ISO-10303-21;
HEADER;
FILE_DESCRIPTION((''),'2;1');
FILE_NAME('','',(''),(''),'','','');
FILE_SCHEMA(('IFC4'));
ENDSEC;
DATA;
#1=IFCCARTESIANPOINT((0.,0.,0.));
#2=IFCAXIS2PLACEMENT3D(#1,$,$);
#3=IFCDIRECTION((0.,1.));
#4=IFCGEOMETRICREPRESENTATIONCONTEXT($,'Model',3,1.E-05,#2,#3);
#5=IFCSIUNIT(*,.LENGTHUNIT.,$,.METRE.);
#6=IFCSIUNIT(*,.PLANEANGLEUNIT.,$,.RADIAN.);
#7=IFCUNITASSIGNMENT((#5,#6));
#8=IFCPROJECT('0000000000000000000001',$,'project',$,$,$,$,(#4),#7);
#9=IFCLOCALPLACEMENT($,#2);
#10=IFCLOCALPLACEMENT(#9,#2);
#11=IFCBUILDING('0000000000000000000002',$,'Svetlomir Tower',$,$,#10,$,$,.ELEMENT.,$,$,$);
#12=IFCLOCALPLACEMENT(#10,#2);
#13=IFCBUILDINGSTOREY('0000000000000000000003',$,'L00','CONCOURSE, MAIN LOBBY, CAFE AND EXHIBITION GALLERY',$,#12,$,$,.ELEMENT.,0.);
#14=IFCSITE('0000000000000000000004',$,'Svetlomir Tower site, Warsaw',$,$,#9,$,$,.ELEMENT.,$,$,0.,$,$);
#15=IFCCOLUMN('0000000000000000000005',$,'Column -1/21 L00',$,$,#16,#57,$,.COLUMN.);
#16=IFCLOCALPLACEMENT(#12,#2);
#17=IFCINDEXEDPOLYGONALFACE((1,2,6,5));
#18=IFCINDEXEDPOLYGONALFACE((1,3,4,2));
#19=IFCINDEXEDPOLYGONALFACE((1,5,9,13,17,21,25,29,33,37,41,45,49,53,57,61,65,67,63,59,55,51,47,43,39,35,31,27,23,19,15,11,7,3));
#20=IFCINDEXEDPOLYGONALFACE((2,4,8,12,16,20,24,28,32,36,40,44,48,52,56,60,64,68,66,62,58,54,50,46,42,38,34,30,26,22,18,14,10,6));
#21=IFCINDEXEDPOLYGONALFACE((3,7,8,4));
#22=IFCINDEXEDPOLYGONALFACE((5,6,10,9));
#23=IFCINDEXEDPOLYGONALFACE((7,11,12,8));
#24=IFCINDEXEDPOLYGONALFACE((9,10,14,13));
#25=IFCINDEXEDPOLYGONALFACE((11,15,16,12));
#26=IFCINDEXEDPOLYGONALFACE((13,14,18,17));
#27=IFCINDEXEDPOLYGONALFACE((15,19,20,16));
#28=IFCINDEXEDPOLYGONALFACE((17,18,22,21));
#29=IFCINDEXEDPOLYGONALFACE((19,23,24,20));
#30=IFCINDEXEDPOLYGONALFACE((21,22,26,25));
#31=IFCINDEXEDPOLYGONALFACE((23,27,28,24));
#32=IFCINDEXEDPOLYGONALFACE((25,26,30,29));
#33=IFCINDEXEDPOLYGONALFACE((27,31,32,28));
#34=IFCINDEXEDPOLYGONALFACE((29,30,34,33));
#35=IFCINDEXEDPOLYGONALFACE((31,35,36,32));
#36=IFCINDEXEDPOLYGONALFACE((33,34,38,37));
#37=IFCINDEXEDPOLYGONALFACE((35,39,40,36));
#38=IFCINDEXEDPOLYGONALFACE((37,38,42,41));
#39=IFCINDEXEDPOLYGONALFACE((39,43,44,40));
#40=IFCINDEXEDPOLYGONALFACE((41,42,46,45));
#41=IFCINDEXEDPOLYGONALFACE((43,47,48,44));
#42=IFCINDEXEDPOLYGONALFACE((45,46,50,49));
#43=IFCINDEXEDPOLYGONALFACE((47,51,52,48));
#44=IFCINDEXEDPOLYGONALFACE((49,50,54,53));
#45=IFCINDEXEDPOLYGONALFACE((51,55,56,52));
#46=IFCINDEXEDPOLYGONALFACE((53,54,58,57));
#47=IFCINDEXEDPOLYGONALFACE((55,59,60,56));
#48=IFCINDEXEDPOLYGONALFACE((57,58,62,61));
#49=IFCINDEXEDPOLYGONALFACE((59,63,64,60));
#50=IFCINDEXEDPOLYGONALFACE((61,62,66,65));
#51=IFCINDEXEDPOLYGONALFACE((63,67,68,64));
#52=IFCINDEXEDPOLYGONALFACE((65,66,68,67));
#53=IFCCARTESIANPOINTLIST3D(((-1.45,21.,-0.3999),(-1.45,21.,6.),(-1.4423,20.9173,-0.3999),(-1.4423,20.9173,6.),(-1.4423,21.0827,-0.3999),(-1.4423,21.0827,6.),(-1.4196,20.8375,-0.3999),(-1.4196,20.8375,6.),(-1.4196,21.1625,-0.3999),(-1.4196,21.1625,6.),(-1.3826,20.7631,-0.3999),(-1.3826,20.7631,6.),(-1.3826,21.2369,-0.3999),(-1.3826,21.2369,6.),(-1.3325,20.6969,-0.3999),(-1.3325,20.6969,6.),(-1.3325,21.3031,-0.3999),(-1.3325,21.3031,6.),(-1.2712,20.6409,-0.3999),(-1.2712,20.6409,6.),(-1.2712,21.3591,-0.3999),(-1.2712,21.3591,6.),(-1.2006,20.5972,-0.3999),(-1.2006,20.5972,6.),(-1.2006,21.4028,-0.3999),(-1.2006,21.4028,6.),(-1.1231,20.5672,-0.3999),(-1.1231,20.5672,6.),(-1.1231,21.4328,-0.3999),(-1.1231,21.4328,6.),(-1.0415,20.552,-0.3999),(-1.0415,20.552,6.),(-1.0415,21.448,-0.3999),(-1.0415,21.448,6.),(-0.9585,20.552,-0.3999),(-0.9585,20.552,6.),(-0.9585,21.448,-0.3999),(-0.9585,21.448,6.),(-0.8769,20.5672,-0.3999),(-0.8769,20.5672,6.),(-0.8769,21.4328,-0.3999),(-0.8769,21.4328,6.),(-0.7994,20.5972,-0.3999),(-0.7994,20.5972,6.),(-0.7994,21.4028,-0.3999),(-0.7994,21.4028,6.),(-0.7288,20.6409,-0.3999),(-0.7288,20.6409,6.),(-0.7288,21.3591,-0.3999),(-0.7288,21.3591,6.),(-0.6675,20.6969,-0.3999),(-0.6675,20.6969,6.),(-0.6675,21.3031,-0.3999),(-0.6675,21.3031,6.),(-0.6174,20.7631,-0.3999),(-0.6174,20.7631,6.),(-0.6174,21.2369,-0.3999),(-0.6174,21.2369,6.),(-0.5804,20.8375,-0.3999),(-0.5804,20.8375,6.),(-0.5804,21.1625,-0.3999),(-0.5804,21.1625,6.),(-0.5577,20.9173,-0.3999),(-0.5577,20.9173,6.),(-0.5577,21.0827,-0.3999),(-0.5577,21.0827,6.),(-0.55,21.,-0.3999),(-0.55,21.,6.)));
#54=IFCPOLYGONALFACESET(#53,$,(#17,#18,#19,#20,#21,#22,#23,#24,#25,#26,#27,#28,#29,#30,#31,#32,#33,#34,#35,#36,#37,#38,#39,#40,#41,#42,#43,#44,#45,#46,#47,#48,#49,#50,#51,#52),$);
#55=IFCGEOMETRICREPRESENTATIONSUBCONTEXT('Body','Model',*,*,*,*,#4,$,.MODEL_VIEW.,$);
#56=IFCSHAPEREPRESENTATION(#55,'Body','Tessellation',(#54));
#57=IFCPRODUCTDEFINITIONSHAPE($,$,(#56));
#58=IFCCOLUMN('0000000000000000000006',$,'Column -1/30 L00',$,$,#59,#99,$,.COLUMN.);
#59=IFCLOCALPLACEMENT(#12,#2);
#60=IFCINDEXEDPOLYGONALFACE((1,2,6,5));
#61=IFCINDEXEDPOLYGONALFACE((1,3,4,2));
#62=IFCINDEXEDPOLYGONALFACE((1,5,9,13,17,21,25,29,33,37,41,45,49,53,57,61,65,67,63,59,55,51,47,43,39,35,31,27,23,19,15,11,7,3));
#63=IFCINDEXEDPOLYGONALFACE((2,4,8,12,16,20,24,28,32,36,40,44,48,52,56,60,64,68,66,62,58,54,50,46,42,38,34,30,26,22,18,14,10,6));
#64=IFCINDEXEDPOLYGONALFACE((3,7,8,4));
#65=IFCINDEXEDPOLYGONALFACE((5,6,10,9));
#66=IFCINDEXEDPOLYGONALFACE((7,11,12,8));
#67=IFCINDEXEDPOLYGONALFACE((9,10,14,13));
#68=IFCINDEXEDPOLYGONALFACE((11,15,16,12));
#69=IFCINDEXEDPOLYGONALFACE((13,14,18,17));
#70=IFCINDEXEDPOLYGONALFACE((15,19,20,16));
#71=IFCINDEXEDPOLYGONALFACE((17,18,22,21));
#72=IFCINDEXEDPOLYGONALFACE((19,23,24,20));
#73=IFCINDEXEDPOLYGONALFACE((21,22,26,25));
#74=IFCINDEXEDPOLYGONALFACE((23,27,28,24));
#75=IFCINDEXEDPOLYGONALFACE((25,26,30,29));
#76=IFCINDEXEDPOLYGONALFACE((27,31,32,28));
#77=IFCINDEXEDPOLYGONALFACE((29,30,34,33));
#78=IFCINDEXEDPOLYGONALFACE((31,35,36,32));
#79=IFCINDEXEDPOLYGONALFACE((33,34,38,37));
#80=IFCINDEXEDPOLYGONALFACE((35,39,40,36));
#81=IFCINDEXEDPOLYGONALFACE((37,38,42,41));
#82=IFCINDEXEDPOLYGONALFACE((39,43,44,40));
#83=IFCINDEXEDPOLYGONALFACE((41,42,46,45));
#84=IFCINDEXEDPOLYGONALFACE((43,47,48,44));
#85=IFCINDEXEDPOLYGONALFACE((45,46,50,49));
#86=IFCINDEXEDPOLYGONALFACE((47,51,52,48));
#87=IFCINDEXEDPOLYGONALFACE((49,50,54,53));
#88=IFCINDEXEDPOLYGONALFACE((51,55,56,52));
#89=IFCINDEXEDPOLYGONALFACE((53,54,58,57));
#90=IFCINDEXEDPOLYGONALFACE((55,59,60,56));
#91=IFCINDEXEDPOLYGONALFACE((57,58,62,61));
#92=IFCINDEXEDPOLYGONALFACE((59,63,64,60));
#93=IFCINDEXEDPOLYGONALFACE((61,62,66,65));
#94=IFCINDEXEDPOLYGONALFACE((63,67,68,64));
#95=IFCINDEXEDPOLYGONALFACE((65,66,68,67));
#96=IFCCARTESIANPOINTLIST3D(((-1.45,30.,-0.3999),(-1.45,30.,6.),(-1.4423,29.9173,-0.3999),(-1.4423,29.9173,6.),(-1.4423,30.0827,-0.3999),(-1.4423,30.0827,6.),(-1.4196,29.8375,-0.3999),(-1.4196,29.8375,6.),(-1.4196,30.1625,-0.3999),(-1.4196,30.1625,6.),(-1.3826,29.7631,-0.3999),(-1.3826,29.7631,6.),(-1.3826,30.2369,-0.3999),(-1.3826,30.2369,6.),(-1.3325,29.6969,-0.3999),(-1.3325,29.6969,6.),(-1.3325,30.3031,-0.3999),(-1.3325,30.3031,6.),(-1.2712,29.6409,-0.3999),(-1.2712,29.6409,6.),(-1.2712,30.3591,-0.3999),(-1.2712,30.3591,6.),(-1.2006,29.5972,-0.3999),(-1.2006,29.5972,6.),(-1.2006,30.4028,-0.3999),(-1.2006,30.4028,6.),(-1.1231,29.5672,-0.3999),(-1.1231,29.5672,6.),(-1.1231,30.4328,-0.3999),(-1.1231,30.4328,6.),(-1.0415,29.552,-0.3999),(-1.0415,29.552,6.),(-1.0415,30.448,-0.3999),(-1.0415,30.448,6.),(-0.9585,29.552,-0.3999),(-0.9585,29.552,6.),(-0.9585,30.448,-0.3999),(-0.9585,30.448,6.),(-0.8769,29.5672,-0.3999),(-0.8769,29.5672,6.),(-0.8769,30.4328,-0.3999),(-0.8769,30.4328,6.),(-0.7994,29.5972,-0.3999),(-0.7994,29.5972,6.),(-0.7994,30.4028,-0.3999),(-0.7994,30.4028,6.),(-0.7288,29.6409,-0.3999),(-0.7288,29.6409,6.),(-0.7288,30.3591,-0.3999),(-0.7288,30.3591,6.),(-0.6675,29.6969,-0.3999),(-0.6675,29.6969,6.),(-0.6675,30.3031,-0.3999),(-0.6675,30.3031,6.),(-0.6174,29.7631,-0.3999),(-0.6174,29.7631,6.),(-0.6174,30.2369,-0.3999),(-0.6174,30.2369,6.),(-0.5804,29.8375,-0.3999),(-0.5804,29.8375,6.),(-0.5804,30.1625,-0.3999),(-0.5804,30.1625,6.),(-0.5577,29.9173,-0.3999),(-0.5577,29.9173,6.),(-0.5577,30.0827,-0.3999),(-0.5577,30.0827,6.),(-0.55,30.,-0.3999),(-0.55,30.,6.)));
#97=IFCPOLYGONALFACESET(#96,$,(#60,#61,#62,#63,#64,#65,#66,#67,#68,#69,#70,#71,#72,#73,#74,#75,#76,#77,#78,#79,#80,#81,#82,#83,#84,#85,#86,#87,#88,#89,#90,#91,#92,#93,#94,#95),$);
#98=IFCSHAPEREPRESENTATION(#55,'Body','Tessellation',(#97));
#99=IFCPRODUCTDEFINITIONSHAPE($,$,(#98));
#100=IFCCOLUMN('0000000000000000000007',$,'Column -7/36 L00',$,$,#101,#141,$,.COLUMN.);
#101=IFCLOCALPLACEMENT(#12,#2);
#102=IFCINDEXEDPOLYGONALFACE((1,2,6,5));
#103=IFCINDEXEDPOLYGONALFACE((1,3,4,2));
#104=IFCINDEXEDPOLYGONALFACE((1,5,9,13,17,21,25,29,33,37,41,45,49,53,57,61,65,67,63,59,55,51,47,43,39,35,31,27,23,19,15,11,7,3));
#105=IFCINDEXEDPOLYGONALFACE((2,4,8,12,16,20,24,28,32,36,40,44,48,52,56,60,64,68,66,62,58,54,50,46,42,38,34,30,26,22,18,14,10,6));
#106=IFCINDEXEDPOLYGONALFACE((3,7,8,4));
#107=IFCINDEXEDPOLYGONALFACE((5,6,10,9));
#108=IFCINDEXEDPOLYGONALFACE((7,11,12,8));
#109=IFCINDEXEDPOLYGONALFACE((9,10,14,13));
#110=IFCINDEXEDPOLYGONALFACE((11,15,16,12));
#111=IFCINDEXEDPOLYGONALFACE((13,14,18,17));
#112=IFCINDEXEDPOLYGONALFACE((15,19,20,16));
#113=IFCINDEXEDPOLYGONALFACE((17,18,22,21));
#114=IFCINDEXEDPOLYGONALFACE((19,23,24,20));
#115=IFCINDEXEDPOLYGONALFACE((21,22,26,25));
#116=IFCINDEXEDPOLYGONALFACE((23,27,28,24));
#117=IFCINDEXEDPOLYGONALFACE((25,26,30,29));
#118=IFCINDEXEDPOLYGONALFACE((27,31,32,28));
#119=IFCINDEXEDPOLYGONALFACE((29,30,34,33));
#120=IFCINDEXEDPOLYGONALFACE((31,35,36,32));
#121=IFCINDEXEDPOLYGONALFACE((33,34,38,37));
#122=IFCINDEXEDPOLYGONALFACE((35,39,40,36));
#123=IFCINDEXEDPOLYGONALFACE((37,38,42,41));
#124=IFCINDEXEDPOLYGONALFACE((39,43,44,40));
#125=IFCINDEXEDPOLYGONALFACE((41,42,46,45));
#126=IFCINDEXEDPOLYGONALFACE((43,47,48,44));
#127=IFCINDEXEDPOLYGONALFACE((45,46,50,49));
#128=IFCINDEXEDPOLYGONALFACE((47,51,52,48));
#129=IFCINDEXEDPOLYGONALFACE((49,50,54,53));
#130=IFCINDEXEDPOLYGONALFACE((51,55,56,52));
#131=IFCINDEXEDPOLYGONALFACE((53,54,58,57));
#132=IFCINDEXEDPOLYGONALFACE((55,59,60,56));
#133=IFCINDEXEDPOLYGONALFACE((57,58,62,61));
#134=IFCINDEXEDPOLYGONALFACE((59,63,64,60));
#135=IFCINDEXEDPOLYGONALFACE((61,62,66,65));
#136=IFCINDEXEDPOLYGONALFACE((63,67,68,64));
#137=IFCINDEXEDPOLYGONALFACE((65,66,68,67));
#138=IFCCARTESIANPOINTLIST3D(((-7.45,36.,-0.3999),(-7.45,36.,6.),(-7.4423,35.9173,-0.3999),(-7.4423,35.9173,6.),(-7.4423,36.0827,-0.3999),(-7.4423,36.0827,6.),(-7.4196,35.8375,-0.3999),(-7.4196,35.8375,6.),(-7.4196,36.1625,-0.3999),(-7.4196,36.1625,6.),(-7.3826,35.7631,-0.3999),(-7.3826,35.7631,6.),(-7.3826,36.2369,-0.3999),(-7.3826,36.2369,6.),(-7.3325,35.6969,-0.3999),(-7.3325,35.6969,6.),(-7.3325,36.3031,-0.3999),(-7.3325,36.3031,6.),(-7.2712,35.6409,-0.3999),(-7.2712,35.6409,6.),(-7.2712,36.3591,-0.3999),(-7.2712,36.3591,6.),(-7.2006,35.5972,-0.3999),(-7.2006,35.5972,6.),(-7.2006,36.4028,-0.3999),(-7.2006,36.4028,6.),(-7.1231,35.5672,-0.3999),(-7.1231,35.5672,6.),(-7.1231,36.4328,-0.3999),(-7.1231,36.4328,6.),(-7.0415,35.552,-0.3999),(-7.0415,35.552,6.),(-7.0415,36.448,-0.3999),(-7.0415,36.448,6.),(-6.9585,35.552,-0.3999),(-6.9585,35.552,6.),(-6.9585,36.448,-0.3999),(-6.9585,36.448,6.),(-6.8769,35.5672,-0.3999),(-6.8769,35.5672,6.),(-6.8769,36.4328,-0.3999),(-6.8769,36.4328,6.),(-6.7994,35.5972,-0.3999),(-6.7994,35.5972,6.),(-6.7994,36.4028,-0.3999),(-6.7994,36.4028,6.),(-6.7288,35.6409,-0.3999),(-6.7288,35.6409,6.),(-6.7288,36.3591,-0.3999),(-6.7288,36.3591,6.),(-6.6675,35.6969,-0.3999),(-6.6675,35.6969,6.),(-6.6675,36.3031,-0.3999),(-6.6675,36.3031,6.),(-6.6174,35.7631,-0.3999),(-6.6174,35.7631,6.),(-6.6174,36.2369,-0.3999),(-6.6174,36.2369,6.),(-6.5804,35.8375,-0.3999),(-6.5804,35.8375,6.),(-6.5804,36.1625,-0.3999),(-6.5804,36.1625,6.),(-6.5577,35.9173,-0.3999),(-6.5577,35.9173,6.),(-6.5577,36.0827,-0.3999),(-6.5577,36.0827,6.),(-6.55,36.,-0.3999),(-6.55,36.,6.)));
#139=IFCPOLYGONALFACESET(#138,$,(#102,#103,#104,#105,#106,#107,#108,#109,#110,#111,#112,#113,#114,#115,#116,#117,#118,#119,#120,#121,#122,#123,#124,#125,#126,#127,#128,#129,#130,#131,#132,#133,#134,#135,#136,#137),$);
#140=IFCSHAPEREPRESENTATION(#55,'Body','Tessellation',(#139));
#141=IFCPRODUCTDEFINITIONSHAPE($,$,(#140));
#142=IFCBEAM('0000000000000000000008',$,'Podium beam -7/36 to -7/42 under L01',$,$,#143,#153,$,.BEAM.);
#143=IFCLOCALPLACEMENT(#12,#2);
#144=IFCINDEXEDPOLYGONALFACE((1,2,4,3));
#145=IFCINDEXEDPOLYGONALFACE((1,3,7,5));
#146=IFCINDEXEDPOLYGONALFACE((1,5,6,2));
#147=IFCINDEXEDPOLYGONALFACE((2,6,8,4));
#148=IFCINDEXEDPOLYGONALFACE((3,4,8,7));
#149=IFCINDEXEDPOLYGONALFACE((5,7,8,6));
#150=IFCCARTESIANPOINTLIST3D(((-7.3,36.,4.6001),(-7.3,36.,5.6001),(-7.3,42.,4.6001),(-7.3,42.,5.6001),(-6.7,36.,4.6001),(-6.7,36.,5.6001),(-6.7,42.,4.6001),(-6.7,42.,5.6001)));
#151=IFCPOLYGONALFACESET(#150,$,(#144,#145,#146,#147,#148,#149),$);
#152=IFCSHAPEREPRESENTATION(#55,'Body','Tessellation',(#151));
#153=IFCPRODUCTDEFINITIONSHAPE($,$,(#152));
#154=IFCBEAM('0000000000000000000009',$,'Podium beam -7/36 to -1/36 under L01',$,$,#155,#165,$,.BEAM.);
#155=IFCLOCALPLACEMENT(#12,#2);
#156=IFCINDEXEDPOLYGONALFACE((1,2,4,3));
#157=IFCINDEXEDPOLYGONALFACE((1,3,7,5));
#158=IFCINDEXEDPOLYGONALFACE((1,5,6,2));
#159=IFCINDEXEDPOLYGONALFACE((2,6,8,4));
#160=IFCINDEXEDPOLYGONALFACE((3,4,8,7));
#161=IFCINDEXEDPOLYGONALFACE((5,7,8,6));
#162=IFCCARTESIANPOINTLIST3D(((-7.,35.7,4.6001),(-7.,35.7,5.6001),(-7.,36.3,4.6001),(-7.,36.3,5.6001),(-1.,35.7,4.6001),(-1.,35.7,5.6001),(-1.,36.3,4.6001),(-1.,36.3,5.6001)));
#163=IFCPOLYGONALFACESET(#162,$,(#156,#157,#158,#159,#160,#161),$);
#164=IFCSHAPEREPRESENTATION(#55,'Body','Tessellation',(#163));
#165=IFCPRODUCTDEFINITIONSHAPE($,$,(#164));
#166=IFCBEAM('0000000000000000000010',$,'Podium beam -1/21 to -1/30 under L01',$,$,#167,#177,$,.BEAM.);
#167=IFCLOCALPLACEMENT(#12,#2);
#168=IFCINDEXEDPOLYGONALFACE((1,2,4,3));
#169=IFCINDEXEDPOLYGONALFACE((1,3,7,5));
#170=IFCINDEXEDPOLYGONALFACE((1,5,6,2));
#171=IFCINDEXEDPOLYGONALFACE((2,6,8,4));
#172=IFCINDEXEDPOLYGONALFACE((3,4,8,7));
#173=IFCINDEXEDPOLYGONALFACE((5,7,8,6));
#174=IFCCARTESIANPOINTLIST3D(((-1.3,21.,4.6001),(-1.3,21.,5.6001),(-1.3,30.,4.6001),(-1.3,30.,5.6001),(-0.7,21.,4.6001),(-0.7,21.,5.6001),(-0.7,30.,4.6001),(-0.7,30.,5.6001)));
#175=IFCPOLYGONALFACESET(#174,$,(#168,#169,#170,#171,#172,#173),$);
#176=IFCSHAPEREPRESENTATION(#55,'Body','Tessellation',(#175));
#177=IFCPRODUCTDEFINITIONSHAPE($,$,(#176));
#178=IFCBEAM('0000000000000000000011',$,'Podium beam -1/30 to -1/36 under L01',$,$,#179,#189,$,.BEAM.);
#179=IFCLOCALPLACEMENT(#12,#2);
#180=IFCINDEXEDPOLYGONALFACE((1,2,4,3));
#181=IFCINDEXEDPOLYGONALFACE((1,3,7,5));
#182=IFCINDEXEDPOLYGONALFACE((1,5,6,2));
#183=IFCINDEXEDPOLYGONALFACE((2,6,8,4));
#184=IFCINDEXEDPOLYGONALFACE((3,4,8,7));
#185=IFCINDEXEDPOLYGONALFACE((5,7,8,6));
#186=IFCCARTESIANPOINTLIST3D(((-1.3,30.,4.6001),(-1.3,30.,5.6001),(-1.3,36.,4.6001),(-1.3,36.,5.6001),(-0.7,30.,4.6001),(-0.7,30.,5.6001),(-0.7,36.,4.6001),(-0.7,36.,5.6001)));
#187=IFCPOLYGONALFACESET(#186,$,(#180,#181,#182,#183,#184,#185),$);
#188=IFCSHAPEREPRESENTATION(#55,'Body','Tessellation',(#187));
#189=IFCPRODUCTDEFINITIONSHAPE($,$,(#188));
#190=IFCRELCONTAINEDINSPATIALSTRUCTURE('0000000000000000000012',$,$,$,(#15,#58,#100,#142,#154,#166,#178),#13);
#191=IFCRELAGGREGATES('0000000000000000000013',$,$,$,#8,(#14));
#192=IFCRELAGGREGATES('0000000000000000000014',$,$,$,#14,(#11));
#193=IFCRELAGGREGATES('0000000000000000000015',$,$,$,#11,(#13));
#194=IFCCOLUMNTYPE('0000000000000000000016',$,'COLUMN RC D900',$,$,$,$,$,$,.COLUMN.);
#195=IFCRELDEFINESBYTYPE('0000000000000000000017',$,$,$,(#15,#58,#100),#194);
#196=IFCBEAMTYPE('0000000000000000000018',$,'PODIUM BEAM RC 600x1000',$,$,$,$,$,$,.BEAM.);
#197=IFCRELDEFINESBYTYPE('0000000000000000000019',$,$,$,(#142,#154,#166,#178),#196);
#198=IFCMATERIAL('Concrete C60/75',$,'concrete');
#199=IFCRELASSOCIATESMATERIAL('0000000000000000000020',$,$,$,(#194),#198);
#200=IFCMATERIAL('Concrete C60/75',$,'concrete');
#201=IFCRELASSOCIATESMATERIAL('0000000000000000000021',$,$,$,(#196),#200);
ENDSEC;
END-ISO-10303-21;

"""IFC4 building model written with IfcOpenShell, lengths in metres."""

from ifc_helpers import new_model, si_unit, direction, frame, origin, origin_2d, place, context, subcontext, project, spatial, rectangle, circle, extrude, material, material_profile, profile_set, type_object, element, save


model = new_model("IFC4")

# Units and contexts
model_context = context("Model", 3, precision=1e-05, world=origin(), true_north=direction((0.0, 1.0)))
body_context = subcontext(model_context, "Body", "Model", "MODEL_VIEW")
ifc_project = project(units=[si_unit("LENGTHUNIT", "METRE"), si_unit("PLANEANGLEUNIT", "RADIAN")], contexts=[model_context])

# Site, building, storey
site_placement = place(None, origin())
site = spatial("IfcSite", under=ifc_project, at=site_placement, Name="Svetlomir Tower site, Warsaw", CompositionType="ELEMENT", RefElevation=0.0)
building_placement = place(site_placement, origin())
building = spatial("IfcBuilding", under=site, at=building_placement, Name="Svetlomir Tower", CompositionType="ELEMENT")
storey_placement = place(building_placement, origin())
storey = spatial("IfcBuildingStorey", under=building, at=storey_placement, Name="L00", Description="CONCOURSE, MAIN LOBBY, CAFE AND EXHIBITION GALLERY", CompositionType="ELEMENT", Elevation=0.0)

# Columns
ifc_material_1 = material(Name="Concrete C60/75", Category="concrete")
ifc_material_profile_1 = material_profile(ifc_material_1, circle(Radius=0.45, at=origin_2d()), Name="RC D900")
ifc_profile_set_1 = profile_set([ifc_material_profile_1], Name="Concrete C60/75")
column_type_1 = type_object("IfcColumnType", Name="COLUMN RC D900", PredefinedType="COLUMN", material=ifc_profile_set_1)
for number, where, z_axis, x_axis, name in (
    (1, (-1.0, 21.0, -0.3999), (0.0, 0.0, 1.0), (1.0, 0.0, 0.0), "Column -1/21 L00"),
    (2, (-1.0, 30.0, -0.3999), (0.0, 0.0, 1.0), (1.0, 0.0, 0.0), "Column -1/30 L00"),
    (3, (-7.0, 36.0, -0.3999), (0.0, 0.0, 1.0), (1.0, 0.0, 0.0), "Column -7/36 L00"),
):
    element("IfcColumn", number, at=place(storey_placement, frame(where, z_axis=z_axis, x_axis=x_axis)), inside=storey, type_object=column_type_1, Name=name, PredefinedType="COLUMN", context=body_context, shape_type="SweptSolid", body=[
        extrude(circle(Radius=0.45, at=origin_2d()), origin(), (0.0, 0.0, 1.0), 6.3999),
    ])

# Beams
ifc_material_2 = material(Name="Concrete C60/75", Category="concrete")
ifc_material_profile_2 = material_profile(ifc_material_2, rectangle(XDim=0.6001, YDim=1.0, at=origin_2d()), Name="RC 600x1000")
ifc_profile_set_2 = profile_set([ifc_material_profile_2], Name="Concrete C60/75")
beam_type_1 = type_object("IfcBeamType", Name="PODIUM BEAM RC 600x1000", PredefinedType="BEAM", material=ifc_profile_set_2)
for number, where, z_axis, x_axis, name in (
    (4, (-7.0, 36.0, 5.1001), (0.0, 1.0, 0.0), (-1.0, 0.0, 0.0), "Podium beam -7/36 to -7/42 under L01"),
    (5, (-7.0, 36.0, 5.1001), (1.0, 0.0, 0.0), (0.0, 1.0, 0.0), "Podium beam -7/36 to -1/36 under L01"),
):
    element("IfcBeam", number, at=place(storey_placement, frame(where, z_axis=z_axis, x_axis=x_axis)), inside=storey, type_object=beam_type_1, Name=name, PredefinedType="BEAM", context=body_context, shape_type="SweptSolid", body=[
        extrude(rectangle(XDim=0.6001, YDim=1.0, at=origin_2d()), origin(), (0.0, 0.0, 1.0), 6.0),
    ])
beam_1_placement = place(storey_placement, frame((-1.0, 21.0, 5.1001), z_axis=(0.0, 1.0, 0.0), x_axis=(-1.0, 0.0, 0.0)))
element("IfcBeam", 6, at=beam_1_placement, inside=storey, type_object=beam_type_1, Name="Podium beam -1/21 to -1/30 under L01", PredefinedType="BEAM", context=body_context, shape_type="SweptSolid", body=[
    extrude(rectangle(XDim=0.6001, YDim=1.0, at=origin_2d()), origin(), (0.0, 0.0, 1.0), 9.0),
])
beam_2_placement = place(storey_placement, frame((-1.0, 30.0, 5.1001), z_axis=(0.0, 1.0, 0.0), x_axis=(-1.0, 0.0, 0.0)))
element("IfcBeam", 7, at=beam_2_placement, inside=storey, type_object=beam_type_1, Name="Podium beam -1/30 to -1/36 under L01", PredefinedType="BEAM", context=body_context, shape_type="SweptSolid", body=[
    extrude(rectangle(XDim=0.6001, YDim=1.0, at=origin_2d()), origin(), (0.0, 0.0, 1.0), 6.0),
])

save(model, "model.ifc")
